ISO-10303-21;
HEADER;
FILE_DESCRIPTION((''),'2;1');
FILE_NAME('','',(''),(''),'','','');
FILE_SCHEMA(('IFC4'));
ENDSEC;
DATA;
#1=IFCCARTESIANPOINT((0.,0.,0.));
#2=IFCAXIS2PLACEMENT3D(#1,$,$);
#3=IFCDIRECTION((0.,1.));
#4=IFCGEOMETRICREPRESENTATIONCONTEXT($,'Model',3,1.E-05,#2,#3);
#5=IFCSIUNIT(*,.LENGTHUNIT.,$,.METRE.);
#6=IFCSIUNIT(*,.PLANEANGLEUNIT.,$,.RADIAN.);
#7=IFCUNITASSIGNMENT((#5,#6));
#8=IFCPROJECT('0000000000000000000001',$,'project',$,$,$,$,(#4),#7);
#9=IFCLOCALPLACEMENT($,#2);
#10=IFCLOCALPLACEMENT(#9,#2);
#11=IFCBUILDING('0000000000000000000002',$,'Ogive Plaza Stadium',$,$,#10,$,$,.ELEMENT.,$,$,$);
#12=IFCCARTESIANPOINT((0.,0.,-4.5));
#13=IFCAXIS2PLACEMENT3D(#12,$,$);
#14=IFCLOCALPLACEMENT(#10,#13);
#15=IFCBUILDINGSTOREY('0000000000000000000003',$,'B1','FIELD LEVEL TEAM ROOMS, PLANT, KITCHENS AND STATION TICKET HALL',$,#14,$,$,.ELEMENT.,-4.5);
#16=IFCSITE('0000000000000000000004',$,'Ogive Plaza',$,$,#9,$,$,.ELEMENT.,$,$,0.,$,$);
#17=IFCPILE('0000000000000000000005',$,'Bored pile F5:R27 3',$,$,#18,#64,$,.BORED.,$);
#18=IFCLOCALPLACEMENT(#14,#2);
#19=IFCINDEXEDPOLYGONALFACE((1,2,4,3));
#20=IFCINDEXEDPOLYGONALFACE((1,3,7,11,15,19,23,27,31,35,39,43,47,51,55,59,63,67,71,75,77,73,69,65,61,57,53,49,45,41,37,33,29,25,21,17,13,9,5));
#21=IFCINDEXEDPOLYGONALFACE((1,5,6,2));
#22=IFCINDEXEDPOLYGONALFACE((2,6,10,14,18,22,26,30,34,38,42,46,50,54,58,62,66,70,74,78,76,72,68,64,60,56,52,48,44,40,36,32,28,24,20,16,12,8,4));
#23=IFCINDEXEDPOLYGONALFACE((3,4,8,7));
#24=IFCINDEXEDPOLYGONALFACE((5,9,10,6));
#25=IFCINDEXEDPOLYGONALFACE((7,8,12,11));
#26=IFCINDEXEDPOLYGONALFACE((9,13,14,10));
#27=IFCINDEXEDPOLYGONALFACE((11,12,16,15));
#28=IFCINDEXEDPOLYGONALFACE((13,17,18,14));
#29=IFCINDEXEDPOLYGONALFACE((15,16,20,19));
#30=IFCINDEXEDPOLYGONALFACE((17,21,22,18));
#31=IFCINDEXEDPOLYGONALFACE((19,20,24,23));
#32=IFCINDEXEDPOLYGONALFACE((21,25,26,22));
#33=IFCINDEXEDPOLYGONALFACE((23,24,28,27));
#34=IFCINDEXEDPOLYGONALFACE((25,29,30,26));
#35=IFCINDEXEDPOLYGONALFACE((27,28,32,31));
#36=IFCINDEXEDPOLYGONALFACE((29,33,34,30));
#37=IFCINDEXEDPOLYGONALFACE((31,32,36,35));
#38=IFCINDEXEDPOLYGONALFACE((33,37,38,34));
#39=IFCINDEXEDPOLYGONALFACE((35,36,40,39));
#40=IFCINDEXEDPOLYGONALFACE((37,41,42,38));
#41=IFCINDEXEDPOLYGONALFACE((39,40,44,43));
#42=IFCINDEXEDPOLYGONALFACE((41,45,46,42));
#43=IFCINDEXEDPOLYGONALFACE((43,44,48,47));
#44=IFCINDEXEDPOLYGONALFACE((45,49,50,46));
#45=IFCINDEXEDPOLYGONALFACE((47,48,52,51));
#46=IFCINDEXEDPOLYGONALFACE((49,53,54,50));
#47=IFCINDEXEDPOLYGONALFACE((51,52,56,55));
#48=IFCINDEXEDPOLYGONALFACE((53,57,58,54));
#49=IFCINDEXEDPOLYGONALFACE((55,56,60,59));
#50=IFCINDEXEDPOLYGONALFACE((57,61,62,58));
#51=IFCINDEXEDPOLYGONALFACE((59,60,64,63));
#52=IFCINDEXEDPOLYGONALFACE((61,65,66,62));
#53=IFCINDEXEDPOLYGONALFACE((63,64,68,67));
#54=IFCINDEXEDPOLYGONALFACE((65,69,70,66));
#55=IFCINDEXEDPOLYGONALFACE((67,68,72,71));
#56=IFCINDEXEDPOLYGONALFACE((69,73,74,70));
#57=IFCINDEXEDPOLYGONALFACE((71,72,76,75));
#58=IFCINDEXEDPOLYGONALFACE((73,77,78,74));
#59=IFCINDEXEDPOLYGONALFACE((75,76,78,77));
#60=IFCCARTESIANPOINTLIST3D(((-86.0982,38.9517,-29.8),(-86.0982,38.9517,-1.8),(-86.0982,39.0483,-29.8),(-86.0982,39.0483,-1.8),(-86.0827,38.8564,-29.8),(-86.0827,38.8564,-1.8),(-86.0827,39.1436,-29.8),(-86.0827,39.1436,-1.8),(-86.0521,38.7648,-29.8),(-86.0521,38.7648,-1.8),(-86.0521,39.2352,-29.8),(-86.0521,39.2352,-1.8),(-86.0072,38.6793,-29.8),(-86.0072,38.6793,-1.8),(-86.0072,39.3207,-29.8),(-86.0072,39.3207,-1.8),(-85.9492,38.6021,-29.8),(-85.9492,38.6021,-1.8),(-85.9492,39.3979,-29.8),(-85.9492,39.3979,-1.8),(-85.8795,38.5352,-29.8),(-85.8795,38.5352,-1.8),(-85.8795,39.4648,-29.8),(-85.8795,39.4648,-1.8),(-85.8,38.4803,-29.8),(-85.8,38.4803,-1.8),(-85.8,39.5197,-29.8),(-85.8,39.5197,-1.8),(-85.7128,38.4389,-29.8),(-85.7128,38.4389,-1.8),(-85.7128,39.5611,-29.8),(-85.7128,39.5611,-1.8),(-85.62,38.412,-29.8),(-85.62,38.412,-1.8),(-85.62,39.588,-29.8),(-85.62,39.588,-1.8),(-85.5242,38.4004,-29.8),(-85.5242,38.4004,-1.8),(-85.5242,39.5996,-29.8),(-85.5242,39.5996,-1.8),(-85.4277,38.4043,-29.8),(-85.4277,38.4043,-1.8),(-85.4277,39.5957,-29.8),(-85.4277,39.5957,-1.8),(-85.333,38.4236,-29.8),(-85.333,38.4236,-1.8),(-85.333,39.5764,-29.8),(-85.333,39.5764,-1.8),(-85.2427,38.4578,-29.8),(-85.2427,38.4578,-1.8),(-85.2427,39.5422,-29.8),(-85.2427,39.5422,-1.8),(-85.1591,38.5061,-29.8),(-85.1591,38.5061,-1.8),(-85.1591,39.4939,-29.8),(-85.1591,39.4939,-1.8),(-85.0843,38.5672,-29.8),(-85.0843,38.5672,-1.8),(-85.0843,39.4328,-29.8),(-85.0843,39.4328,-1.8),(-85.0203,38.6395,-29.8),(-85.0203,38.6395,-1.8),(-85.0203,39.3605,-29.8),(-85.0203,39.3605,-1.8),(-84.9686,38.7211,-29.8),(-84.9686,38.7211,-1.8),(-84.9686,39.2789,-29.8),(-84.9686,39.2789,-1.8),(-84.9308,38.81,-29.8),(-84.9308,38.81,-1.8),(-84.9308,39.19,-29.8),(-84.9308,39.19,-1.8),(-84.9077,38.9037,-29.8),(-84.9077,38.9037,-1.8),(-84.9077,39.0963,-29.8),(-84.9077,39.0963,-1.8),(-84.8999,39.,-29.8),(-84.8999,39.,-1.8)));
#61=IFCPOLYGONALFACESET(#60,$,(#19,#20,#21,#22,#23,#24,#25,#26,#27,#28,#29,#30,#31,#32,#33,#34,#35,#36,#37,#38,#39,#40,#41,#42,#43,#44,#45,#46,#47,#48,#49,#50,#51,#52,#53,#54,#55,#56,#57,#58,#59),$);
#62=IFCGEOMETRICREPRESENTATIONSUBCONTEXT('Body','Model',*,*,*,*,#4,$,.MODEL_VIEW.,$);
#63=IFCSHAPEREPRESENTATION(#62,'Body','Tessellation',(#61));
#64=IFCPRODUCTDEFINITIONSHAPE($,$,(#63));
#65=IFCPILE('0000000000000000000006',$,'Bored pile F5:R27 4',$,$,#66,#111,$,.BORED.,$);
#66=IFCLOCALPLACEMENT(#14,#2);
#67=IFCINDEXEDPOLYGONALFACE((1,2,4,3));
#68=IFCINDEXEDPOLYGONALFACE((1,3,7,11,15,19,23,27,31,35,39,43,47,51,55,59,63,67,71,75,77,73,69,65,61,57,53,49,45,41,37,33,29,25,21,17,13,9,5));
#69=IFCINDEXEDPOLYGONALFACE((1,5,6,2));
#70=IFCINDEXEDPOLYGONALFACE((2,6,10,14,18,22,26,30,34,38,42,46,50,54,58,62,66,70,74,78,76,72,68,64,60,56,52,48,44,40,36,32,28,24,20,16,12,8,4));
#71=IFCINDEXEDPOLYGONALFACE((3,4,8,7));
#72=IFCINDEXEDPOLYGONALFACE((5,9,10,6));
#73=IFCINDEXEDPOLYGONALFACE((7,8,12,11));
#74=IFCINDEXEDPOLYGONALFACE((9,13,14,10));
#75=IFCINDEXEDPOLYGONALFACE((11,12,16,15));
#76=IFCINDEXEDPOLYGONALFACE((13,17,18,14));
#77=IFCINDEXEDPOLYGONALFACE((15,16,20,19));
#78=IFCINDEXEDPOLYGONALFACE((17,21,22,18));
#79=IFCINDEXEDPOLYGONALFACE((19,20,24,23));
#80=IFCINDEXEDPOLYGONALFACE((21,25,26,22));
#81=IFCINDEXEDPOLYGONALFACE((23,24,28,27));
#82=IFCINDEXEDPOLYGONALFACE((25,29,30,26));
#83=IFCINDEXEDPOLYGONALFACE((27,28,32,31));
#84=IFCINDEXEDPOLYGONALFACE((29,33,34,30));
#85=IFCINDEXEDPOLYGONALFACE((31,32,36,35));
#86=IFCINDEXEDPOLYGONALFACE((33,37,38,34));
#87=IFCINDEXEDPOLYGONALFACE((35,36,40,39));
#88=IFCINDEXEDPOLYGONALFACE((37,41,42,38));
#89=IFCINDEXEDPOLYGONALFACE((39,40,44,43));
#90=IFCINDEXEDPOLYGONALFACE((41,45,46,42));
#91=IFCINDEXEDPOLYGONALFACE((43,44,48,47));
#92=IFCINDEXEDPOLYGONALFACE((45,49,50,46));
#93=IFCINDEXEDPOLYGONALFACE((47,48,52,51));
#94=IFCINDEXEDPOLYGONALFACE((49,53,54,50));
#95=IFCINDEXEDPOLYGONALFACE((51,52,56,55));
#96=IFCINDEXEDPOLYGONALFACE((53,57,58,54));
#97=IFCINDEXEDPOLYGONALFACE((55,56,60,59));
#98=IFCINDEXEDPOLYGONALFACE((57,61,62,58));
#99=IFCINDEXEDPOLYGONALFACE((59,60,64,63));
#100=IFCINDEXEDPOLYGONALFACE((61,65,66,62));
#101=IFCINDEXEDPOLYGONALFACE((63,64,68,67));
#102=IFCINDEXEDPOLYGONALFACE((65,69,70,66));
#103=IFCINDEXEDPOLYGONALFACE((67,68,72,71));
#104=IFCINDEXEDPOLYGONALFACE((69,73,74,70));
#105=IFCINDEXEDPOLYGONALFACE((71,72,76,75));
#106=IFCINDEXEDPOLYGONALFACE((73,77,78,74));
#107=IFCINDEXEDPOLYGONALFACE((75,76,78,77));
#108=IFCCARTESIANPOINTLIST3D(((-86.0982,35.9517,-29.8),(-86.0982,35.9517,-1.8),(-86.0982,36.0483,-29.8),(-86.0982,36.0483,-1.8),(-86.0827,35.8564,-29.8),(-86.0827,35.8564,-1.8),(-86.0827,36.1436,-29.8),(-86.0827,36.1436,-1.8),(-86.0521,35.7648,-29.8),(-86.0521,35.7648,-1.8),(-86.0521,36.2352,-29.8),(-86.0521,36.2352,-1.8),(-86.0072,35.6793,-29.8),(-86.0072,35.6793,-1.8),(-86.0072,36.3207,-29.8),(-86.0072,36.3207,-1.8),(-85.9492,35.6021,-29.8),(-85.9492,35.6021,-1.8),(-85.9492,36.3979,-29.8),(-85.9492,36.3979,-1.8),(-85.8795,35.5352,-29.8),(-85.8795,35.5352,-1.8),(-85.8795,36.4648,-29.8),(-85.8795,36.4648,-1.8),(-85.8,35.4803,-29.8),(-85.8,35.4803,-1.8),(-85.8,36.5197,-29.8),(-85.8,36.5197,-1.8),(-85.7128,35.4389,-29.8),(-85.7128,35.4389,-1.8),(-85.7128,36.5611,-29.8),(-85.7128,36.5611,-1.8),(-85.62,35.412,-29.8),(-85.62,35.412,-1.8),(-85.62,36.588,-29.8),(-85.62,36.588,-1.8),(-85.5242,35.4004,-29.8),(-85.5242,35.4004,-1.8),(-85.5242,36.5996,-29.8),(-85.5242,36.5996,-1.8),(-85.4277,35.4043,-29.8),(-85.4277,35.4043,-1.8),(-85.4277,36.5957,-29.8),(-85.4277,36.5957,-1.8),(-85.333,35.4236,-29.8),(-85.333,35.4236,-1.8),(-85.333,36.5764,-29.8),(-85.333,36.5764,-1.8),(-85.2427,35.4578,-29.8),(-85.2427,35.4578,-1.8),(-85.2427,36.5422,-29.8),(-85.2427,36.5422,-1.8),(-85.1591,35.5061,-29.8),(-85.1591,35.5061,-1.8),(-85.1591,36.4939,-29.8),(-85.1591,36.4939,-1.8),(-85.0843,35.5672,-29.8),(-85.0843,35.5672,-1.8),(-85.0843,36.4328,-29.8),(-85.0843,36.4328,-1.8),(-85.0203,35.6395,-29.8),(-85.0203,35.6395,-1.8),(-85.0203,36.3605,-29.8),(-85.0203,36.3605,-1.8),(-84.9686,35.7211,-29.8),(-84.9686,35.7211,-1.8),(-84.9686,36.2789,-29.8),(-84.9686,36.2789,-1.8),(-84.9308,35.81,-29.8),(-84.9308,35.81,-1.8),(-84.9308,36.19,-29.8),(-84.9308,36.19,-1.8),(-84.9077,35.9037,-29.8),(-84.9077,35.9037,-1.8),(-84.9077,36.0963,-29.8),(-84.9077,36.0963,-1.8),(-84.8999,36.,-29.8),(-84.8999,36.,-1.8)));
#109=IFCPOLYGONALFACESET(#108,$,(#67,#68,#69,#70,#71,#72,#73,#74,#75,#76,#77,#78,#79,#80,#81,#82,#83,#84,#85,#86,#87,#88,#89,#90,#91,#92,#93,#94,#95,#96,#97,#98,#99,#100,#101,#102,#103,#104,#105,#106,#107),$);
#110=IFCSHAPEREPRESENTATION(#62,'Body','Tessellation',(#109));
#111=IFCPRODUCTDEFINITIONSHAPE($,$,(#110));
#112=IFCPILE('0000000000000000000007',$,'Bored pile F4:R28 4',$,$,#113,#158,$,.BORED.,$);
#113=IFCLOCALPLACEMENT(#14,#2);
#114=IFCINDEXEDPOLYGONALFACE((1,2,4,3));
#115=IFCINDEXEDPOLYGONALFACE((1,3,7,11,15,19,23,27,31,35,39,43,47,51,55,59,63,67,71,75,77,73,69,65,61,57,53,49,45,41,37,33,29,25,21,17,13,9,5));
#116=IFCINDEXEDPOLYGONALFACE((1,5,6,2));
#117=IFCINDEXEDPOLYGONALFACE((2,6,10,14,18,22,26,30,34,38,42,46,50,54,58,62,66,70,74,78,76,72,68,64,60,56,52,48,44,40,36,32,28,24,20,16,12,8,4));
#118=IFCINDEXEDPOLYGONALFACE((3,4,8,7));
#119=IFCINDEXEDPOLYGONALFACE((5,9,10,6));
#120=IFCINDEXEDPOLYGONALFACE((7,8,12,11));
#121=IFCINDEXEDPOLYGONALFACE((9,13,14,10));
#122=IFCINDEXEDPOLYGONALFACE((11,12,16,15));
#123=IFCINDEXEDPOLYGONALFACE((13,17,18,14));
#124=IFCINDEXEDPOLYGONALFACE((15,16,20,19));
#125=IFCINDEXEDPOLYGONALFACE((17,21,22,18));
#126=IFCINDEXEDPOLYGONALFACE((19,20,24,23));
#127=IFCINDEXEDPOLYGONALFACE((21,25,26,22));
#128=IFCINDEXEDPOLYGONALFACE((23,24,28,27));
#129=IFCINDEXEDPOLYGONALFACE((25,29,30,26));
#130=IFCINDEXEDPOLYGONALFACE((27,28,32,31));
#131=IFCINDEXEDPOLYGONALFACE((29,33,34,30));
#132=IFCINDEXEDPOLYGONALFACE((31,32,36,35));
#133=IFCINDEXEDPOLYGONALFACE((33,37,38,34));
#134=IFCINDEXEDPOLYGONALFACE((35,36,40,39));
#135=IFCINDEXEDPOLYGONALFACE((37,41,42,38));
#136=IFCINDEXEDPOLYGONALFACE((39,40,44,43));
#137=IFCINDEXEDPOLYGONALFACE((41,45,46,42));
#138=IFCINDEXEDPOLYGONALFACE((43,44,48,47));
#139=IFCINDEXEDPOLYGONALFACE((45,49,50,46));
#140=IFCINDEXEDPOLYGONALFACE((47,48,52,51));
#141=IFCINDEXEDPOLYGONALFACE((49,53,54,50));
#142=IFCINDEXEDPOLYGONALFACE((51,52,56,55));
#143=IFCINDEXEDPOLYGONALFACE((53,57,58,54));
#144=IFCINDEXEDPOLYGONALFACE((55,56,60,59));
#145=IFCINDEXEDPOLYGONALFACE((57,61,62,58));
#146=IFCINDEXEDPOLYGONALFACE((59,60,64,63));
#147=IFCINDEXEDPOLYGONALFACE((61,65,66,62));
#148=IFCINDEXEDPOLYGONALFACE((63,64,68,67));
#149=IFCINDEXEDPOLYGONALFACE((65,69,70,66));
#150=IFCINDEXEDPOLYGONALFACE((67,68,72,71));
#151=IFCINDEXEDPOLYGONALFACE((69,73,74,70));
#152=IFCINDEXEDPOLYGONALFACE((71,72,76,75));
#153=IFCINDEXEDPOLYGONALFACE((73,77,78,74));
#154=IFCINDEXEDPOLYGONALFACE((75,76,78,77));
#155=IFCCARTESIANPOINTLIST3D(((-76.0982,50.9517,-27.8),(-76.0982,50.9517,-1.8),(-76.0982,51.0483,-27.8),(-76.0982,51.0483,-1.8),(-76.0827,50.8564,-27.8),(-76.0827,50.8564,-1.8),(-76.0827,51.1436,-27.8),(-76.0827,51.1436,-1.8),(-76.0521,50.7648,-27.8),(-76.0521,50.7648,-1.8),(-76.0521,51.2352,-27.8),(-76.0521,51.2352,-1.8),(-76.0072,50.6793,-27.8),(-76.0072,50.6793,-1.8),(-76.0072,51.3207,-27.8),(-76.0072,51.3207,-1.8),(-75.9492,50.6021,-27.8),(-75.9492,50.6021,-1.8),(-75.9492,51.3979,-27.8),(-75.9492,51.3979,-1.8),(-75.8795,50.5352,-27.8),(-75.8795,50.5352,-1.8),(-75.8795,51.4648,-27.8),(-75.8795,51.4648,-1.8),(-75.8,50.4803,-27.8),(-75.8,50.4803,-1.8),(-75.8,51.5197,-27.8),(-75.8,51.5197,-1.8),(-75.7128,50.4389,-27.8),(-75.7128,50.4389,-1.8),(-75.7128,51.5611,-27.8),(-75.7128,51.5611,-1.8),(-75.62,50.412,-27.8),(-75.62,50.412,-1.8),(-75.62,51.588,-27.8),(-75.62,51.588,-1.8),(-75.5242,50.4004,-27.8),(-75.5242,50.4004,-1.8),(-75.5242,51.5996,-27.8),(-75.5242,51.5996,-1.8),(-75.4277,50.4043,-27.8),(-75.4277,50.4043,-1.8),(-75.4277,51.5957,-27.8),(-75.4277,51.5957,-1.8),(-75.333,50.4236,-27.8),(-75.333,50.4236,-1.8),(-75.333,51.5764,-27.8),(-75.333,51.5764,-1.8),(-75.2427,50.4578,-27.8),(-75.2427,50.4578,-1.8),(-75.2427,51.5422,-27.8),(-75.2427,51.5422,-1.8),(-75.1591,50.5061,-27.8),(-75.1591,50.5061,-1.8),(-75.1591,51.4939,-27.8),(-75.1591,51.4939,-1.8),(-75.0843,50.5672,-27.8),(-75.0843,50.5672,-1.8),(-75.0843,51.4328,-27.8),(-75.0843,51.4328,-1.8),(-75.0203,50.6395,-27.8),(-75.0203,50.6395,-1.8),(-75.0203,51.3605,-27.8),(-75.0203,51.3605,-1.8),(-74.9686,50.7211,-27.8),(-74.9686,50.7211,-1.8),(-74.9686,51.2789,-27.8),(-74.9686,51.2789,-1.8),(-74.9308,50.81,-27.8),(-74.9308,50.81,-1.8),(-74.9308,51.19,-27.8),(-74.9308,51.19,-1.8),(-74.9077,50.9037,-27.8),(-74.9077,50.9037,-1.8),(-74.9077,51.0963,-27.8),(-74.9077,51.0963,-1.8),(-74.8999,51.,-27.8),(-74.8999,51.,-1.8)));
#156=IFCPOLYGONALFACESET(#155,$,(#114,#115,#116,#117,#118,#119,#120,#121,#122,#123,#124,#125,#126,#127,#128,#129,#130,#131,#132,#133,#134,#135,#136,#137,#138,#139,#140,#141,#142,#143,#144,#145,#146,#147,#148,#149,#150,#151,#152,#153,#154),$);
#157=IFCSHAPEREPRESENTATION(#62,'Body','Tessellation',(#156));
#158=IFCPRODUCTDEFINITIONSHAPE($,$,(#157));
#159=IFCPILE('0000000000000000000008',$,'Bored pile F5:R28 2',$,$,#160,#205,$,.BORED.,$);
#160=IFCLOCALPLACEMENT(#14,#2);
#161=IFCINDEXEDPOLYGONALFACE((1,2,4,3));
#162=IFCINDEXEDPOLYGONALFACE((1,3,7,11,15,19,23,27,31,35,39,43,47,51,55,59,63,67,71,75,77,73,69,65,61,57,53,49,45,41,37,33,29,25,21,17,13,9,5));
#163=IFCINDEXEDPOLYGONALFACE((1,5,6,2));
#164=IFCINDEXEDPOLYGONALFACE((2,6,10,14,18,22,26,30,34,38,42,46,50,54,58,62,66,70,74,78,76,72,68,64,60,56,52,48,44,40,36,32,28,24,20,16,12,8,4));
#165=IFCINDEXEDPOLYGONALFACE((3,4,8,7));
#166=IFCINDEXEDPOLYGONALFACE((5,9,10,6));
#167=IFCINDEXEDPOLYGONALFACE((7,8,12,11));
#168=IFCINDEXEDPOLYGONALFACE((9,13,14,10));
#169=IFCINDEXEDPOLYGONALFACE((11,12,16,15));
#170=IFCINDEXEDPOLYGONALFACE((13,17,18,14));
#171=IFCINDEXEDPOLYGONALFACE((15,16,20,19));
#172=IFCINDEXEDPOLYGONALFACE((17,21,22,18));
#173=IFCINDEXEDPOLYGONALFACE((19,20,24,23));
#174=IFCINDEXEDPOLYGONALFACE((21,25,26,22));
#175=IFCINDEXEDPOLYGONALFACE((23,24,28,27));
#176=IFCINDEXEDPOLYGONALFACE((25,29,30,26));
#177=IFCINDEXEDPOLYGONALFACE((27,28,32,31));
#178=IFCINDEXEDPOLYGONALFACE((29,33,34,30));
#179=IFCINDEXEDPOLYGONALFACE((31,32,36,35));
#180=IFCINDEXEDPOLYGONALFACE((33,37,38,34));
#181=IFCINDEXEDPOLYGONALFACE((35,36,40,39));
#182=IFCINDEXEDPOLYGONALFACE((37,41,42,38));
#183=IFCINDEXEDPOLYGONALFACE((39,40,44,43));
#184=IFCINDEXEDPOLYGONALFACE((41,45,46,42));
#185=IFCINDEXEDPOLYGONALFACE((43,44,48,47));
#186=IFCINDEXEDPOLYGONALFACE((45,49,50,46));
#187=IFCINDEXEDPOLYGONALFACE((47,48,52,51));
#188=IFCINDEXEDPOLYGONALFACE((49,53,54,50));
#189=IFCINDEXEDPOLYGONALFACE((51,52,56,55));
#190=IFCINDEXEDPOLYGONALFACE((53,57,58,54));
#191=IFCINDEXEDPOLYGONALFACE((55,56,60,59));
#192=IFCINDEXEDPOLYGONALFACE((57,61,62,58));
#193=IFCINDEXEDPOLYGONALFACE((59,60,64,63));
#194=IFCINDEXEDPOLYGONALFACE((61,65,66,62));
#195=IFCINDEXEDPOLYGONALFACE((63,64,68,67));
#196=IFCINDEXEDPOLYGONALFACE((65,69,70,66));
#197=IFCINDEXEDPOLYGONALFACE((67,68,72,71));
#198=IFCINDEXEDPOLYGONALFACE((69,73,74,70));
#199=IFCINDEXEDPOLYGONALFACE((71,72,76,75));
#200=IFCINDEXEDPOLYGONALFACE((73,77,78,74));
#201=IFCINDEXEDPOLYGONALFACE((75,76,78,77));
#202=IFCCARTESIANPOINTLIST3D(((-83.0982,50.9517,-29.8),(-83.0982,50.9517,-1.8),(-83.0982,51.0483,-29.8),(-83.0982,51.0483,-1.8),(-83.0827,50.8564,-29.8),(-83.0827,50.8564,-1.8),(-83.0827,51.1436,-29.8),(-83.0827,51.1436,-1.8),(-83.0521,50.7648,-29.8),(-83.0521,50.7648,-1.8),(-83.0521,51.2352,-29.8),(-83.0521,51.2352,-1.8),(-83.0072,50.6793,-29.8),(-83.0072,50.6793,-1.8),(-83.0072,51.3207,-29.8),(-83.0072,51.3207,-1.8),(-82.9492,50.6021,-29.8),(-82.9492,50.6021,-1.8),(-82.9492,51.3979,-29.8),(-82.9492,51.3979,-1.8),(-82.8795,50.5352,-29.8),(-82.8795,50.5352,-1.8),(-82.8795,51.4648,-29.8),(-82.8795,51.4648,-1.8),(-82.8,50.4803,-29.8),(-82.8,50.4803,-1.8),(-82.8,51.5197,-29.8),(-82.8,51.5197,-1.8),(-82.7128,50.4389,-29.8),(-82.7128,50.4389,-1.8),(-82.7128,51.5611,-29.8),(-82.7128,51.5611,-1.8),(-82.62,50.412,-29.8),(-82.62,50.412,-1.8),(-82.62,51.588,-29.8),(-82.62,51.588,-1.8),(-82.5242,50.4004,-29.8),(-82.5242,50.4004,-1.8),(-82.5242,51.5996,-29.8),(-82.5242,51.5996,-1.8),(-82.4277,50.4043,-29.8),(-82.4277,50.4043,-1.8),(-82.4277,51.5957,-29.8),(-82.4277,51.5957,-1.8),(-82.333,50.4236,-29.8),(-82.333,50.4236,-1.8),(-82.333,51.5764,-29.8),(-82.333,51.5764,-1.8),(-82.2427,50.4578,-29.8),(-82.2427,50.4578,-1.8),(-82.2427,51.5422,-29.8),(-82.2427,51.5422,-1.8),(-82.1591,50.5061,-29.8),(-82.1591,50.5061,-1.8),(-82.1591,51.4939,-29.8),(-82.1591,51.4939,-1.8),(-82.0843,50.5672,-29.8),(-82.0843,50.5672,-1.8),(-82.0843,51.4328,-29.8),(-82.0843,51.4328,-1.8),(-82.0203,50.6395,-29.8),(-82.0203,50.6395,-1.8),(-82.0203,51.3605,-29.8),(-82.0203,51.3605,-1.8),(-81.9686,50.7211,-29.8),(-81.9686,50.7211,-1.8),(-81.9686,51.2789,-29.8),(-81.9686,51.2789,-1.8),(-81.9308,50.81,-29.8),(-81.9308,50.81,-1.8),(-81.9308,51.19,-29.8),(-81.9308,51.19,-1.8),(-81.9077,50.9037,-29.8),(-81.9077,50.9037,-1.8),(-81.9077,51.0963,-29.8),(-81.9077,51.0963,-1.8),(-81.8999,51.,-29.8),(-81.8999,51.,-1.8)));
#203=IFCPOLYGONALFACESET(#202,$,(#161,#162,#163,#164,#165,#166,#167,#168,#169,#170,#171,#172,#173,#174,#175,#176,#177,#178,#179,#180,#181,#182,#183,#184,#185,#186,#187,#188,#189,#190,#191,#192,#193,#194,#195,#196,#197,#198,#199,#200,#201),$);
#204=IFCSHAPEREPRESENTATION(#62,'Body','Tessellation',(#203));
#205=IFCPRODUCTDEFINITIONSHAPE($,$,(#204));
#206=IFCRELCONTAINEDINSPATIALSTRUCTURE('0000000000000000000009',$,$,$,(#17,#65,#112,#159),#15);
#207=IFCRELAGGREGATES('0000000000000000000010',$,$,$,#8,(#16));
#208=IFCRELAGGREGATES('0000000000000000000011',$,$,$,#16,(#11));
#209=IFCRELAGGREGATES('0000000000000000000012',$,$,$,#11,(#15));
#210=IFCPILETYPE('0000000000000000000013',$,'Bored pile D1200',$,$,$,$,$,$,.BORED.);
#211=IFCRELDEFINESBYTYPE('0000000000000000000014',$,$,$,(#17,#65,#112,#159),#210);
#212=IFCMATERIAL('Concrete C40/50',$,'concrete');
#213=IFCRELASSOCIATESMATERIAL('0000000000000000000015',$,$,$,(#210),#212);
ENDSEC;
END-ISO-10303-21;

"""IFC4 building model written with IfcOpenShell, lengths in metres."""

from ifc_helpers import new_model, si_unit, direction, frame, origin, origin_2d, place, context, subcontext, project, spatial, circle, extrude, material, material_profile, profile_set, type_object, element, save


model = new_model("IFC4")

# Units and contexts
model_context = context("Model", 3, precision=1e-05, world=origin(), true_north=direction((0.0, 1.0)))
body_context = subcontext(model_context, "Body", "Model", "MODEL_VIEW")
ifc_project = project(units=[si_unit("LENGTHUNIT", "METRE"), si_unit("PLANEANGLEUNIT", "RADIAN")], contexts=[model_context])

# Site, building, storey
site_placement = place(None, origin())
site = spatial("IfcSite", under=ifc_project, at=site_placement, Name="Ogive Plaza", CompositionType="ELEMENT", RefElevation=0.0)
building_placement = place(site_placement, origin())
building = spatial("IfcBuilding", under=site, at=building_placement, Name="Ogive Plaza Stadium", CompositionType="ELEMENT")
storey_placement = place(building_placement, frame((0.0, 0.0, -4.5)))
storey = spatial("IfcBuildingStorey", under=building, at=storey_placement, Name="B1", Description="FIELD LEVEL TEAM ROOMS, PLANT, KITCHENS AND STATION TICKET HALL", CompositionType="ELEMENT", Elevation=-4.5)

# Piles
ifc_material_1 = material(Name="Concrete C40/50", Category="concrete")
ifc_material_profile_1 = material_profile(ifc_material_1, circle(Radius=0.6001, at=origin_2d()), Name="RC D1200")
ifc_profile_set_1 = profile_set([ifc_material_profile_1], Name="Concrete C40/50")
pile_type_1 = type_object("IfcPileType", Name="Bored pile D1200", PredefinedType="BORED", material=ifc_profile_set_1)
for number, where, z_axis, x_axis, name in (
    (1, (-85.5, 39.0, -1.8), (0.0, 0.0, -1.0), (1.0, 0.0, 0.0), "Bored pile F5:R27 3"),
    (2, (-85.5, 36.0, -1.8), (0.0, 0.0, -1.0), (1.0, 0.0, 0.0), "Bored pile F5:R27 4"),
):
    element("IfcPile", number, at=place(storey_placement, frame(where, z_axis=z_axis, x_axis=x_axis)), inside=storey, type_object=pile_type_1, Name=name, PredefinedType="BORED", context=body_context, shape_type="SweptSolid", body=[
        extrude(circle(Radius=0.6001, at=origin_2d()), origin(), (0.0, 0.0, 1.0), 28.0),
    ])
pile_placement = place(storey_placement, frame((-75.5, 51.0, -1.8), z_axis=(0.0, 0.0, -1.0), x_axis=(1.0, 0.0, 0.0)))
element("IfcPile", 3, at=pile_placement, inside=storey, type_object=pile_type_1, Name="Bored pile F4:R28 4", PredefinedType="BORED", context=body_context, shape_type="SweptSolid", body=[
    extrude(circle(Radius=0.6001, at=origin_2d()), origin(), (0.0, 0.0, 1.0), 26.0),
])
for number, where, z_axis, x_axis, name in (
    (4, (-82.5, 51.0, -1.8), (0.0, 0.0, -1.0), (1.0, 0.0, 0.0), "Bored pile F5:R28 2"),
):
    element("IfcPile", number, at=place(storey_placement, frame(where, z_axis=z_axis, x_axis=x_axis)), inside=storey, type_object=pile_type_1, Name=name, PredefinedType="BORED", context=body_context, shape_type="SweptSolid", body=[
        extrude(circle(Radius=0.6001, at=origin_2d()), origin(), (0.0, 0.0, 1.0), 28.0),
    ])

save(model, "model.ifc")
